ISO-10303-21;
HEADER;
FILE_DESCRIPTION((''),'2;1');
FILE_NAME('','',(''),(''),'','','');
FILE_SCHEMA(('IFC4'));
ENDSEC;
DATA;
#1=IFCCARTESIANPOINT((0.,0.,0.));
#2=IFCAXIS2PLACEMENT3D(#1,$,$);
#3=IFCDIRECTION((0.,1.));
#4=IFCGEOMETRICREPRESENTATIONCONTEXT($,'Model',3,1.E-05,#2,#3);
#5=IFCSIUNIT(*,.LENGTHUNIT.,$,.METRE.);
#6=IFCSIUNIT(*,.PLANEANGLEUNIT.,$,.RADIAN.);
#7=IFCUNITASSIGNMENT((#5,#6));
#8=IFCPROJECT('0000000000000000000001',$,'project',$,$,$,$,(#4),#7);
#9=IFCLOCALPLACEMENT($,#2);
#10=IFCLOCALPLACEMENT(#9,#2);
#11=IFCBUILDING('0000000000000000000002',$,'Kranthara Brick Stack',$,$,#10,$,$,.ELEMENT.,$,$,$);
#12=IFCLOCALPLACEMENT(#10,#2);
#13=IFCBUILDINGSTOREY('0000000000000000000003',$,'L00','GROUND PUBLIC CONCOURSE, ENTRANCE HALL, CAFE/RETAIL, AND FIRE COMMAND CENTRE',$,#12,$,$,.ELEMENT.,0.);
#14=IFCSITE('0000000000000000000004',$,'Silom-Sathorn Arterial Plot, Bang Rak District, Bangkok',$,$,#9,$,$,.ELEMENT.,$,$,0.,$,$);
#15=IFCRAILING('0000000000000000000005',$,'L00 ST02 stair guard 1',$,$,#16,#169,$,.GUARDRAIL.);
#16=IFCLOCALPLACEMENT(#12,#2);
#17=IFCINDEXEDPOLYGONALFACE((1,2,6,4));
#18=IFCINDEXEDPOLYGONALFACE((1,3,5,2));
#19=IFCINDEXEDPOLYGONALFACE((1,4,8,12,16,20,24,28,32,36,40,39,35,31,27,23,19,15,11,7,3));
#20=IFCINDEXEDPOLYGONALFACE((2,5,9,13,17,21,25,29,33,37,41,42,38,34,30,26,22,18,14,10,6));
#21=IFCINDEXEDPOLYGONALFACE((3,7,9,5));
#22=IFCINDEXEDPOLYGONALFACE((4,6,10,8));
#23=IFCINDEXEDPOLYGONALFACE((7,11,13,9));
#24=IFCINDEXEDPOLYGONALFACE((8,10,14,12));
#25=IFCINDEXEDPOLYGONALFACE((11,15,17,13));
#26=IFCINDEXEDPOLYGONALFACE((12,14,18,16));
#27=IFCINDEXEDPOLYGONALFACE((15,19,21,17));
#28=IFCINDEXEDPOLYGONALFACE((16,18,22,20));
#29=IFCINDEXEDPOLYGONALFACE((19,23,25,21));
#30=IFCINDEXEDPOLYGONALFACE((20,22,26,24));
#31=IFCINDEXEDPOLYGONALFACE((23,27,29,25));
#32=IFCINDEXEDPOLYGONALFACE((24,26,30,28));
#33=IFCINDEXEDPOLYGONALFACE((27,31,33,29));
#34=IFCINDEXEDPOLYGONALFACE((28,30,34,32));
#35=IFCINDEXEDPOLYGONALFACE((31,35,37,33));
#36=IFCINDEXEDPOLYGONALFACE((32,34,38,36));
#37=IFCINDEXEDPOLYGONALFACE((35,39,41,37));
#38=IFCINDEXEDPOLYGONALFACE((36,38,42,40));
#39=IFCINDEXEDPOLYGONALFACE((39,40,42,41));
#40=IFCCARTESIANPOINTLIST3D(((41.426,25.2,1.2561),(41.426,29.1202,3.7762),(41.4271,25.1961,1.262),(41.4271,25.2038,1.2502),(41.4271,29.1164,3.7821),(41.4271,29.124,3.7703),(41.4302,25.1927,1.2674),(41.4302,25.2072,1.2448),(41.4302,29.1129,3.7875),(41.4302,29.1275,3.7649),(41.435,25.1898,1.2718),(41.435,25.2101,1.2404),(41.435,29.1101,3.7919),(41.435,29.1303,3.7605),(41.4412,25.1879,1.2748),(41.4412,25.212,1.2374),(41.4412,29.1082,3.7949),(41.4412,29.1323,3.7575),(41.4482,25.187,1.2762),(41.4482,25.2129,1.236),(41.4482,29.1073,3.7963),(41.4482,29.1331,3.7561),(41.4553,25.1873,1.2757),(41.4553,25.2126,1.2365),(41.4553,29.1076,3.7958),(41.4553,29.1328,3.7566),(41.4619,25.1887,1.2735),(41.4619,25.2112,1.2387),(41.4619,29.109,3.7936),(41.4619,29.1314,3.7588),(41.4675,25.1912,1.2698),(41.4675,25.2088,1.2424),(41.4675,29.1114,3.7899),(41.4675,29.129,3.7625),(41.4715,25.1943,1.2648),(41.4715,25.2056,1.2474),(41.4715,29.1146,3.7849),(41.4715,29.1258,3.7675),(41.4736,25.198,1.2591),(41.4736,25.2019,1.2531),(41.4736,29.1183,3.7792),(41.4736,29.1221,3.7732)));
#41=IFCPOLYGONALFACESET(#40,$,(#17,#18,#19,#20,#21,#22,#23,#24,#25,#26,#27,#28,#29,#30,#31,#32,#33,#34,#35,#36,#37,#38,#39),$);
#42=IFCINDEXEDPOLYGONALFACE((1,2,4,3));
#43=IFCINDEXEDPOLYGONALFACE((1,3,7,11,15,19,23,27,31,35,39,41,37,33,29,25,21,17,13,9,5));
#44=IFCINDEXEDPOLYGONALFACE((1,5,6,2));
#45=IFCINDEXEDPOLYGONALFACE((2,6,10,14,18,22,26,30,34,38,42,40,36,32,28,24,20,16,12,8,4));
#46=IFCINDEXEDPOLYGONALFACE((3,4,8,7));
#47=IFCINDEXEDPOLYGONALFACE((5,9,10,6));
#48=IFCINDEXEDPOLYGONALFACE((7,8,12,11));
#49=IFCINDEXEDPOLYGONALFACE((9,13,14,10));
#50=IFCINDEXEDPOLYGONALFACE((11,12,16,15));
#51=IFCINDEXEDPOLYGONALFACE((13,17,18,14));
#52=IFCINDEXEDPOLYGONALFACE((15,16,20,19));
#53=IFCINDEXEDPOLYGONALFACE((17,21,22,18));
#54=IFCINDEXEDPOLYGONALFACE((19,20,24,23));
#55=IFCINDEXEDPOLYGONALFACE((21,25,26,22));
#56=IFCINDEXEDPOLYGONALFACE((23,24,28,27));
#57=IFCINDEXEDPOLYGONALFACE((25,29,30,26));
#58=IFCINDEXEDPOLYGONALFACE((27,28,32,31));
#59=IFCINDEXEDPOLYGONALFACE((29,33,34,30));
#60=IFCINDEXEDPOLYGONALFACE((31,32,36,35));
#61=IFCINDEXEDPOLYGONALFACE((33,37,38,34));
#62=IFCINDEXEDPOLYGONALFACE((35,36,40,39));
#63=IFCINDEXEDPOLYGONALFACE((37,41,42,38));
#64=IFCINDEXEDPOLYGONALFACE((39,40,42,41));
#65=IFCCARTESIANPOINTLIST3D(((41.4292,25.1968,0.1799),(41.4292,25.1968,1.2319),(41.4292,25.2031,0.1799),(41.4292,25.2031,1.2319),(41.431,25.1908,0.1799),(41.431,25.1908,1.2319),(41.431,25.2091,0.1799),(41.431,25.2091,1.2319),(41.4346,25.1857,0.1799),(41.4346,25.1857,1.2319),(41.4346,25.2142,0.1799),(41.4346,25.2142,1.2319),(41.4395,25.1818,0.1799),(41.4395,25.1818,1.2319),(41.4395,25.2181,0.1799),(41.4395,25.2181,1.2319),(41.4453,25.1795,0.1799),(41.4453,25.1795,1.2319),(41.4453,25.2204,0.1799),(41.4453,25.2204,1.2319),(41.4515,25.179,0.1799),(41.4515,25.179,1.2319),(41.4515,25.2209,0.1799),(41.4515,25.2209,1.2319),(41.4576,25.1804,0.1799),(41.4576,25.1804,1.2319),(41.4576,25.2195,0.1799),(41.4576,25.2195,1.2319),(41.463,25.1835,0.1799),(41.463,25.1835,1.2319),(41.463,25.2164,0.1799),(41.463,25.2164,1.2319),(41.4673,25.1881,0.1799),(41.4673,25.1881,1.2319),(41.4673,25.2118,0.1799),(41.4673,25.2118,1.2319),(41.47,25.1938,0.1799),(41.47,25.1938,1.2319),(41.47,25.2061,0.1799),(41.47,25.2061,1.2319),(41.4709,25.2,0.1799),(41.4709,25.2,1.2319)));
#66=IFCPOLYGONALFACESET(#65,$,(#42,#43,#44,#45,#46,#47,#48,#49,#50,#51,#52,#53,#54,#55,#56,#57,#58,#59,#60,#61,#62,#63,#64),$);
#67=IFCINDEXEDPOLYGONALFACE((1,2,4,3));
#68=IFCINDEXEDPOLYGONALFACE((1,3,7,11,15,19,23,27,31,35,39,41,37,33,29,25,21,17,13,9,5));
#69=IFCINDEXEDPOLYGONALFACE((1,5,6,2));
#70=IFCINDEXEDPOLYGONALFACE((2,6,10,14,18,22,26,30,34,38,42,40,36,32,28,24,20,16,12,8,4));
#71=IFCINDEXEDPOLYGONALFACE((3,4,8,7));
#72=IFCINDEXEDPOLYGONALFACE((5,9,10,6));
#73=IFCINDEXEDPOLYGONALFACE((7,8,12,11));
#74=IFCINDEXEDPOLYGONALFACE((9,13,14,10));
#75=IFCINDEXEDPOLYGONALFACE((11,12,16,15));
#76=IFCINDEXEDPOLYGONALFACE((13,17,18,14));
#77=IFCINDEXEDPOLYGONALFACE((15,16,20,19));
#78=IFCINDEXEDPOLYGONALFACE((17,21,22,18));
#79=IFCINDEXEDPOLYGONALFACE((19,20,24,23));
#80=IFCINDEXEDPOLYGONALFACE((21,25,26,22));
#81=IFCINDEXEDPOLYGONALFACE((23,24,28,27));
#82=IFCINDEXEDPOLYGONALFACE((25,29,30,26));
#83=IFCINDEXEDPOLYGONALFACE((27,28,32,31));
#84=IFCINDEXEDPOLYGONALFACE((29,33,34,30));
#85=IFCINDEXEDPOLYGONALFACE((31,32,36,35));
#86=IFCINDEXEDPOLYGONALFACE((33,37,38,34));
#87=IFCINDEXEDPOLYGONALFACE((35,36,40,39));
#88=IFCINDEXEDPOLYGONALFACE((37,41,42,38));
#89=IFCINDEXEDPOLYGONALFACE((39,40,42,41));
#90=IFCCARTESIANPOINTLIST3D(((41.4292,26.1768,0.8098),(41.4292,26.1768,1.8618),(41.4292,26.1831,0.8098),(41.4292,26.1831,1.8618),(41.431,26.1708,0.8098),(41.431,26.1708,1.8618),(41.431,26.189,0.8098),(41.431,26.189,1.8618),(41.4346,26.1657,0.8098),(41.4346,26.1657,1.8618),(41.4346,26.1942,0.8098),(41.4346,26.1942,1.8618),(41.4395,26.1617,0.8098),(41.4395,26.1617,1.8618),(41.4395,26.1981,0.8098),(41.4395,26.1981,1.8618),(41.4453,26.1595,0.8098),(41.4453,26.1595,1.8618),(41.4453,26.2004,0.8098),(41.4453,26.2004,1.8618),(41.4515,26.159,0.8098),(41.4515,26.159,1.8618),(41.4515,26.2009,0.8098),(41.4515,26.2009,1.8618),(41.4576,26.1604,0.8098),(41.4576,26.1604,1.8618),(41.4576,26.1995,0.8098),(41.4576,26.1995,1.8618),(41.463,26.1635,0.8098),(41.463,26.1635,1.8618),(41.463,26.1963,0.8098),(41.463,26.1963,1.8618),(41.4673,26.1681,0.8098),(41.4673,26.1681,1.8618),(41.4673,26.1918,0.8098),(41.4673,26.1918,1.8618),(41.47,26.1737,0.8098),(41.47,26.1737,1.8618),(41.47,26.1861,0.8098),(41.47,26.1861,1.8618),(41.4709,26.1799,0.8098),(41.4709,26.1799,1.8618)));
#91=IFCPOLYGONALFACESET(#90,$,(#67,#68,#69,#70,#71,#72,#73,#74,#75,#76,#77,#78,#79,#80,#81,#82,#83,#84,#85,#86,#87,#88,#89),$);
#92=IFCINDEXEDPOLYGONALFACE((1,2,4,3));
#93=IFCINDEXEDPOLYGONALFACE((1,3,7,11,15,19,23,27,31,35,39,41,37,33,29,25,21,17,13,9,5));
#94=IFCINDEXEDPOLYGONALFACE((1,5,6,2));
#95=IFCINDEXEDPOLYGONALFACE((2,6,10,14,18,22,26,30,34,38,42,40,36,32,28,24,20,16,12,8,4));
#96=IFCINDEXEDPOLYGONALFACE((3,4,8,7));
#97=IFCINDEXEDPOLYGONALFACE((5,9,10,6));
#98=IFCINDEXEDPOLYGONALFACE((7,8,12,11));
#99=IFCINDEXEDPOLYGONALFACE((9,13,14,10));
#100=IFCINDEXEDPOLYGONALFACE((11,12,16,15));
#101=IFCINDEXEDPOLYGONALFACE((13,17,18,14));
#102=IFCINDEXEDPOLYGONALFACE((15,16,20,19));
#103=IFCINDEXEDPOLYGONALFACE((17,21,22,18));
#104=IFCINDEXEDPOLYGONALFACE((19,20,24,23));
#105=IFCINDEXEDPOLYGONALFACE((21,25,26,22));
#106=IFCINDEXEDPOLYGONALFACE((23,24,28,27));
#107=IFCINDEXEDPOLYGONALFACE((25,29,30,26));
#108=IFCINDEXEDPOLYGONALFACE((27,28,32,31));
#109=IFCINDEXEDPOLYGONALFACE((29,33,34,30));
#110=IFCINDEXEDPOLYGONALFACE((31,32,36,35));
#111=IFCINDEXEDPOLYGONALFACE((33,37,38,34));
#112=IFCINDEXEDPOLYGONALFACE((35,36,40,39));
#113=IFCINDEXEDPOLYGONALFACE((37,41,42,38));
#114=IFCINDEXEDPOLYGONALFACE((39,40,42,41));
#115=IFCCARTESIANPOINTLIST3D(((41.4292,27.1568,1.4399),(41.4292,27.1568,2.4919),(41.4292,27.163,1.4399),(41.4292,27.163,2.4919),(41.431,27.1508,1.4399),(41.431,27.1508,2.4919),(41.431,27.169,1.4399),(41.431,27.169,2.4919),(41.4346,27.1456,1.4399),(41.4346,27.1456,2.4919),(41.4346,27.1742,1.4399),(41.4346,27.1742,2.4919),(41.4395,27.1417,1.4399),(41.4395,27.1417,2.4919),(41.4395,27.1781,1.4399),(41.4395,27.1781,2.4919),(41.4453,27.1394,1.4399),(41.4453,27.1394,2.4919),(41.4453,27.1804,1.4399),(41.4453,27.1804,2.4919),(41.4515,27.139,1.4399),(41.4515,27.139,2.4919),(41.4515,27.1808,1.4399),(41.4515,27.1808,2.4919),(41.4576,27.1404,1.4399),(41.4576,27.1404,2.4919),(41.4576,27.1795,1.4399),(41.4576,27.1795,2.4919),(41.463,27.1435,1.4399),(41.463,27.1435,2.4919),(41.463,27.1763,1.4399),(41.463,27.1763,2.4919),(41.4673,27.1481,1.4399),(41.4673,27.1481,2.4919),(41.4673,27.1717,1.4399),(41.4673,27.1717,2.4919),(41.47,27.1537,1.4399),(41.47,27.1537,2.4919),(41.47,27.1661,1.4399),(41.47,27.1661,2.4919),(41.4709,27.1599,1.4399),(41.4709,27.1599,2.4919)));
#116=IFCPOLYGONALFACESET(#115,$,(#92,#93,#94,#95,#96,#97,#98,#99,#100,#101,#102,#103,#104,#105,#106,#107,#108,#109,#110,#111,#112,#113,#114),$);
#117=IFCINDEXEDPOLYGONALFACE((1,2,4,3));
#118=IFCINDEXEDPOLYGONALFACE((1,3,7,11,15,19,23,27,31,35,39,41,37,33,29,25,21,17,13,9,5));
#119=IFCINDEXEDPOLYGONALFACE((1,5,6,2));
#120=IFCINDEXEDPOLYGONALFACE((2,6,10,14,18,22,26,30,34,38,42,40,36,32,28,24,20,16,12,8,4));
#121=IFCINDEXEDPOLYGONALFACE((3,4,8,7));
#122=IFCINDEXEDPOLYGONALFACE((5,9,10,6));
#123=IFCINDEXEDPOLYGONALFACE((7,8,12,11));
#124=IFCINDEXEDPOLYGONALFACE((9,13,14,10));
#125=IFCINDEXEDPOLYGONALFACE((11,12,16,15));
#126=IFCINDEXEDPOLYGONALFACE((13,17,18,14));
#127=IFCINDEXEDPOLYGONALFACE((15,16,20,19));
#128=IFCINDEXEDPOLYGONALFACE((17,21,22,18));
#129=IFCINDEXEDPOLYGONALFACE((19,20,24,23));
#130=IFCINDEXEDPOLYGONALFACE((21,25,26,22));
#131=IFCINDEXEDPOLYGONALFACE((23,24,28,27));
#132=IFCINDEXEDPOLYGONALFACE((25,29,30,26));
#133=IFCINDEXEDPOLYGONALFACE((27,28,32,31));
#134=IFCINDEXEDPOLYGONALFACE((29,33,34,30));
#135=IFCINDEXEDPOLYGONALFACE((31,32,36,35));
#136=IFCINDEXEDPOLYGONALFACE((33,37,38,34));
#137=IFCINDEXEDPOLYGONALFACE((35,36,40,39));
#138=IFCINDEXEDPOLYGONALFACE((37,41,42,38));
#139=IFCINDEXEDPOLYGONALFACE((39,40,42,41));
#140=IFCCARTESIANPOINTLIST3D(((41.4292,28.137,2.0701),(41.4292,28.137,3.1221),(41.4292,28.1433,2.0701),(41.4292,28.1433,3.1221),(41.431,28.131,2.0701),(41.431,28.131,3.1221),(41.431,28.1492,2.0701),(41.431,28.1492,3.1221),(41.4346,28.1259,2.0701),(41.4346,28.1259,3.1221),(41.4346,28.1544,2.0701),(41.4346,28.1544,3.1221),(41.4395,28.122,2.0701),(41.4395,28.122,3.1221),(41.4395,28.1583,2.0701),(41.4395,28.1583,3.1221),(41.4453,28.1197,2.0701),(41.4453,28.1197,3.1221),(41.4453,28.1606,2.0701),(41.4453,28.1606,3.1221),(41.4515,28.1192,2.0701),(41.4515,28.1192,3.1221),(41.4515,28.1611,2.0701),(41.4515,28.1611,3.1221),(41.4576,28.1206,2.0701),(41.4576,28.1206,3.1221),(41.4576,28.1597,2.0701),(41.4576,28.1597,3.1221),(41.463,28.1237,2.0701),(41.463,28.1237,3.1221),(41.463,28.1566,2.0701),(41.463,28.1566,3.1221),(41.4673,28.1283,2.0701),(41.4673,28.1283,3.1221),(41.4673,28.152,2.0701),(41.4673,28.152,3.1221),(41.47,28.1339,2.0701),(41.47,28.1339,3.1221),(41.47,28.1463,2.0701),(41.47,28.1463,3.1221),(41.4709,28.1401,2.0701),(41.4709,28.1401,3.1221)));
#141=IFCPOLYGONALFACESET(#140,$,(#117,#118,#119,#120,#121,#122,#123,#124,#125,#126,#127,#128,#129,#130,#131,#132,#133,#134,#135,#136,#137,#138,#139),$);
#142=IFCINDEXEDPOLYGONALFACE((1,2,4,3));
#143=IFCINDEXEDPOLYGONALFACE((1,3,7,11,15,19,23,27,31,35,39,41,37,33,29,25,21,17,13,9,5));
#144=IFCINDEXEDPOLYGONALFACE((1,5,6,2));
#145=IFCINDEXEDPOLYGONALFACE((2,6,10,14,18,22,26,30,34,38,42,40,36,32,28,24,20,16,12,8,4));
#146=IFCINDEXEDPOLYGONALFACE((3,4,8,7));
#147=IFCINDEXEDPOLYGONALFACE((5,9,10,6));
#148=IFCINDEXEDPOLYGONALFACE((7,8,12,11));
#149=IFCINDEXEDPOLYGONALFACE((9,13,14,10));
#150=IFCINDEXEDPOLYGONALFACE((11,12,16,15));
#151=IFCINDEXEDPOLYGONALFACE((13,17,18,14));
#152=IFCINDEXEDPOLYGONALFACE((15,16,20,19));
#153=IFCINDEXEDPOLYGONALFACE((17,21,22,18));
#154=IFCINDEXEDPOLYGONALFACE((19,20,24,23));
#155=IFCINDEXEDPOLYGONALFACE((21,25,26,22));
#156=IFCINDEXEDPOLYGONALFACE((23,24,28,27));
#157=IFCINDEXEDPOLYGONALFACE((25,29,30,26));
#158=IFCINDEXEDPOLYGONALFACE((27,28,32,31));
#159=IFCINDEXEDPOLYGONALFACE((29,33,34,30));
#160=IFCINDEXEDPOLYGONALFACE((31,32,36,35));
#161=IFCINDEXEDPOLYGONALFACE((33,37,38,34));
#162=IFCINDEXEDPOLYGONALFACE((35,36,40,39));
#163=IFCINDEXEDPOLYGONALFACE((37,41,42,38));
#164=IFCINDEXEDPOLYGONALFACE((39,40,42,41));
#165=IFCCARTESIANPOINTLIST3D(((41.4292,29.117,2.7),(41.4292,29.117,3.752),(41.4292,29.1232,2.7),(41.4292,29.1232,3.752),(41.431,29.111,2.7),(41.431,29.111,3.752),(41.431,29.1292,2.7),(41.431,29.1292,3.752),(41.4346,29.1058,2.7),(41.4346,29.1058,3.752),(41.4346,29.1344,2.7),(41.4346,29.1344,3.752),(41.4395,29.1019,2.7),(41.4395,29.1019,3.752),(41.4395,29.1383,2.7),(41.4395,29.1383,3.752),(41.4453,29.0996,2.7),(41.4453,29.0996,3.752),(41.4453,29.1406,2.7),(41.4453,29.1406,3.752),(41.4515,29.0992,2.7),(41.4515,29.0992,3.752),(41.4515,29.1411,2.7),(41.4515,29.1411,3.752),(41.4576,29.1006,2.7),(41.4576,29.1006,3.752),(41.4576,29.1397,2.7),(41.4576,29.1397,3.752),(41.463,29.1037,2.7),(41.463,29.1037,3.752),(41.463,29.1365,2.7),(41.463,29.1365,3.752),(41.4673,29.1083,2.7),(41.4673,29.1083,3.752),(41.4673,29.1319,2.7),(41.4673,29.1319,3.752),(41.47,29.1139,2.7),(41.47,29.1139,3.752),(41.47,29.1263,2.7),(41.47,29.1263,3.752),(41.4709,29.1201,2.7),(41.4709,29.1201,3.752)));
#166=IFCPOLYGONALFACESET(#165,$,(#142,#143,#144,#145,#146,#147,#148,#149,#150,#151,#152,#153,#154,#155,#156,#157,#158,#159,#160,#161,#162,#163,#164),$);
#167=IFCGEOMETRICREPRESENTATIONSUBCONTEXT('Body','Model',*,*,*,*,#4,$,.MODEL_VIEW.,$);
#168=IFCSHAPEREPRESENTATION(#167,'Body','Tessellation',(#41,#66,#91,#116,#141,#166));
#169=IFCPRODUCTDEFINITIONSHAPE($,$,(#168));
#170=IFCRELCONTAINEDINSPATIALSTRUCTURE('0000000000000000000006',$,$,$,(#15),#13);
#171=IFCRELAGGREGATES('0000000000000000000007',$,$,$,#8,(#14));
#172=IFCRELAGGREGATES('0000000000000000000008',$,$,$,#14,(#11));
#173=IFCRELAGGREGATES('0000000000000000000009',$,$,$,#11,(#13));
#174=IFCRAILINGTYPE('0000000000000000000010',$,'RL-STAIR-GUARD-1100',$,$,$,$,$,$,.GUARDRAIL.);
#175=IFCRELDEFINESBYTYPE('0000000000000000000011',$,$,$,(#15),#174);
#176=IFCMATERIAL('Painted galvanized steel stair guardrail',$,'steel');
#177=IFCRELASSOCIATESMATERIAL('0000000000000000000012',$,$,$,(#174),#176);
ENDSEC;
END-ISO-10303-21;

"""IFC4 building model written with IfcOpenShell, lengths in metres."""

from ifc_helpers import new_model, si_unit, direction, frame, origin, origin_2d, place, context, subcontext, project, spatial, circle, extrude, material, type_object, element, save


model = new_model("IFC4")

# Units and contexts
model_context = context("Model", 3, precision=1e-05, world=origin(), true_north=direction((0.0, 1.0)))
body_context = subcontext(model_context, "Body", "Model", "MODEL_VIEW")
ifc_project = project(units=[si_unit("LENGTHUNIT", "METRE"), si_unit("PLANEANGLEUNIT", "RADIAN")], contexts=[model_context])

# Site, building, storey
site_placement = place(None, origin())
site = spatial("IfcSite", under=ifc_project, at=site_placement, Name="Silom-Sathorn Arterial Plot, Bang Rak District, Bangkok", CompositionType="ELEMENT", RefElevation=0.0)
building_placement = place(site_placement, origin())
building = spatial("IfcBuilding", under=site, at=building_placement, Name="Kranthara Brick Stack", CompositionType="ELEMENT")
storey_placement = place(building_placement, origin())
storey = spatial("IfcBuildingStorey", under=building, at=storey_placement, Name="L00", Description="GROUND PUBLIC CONCOURSE, ENTRANCE HALL, CAFE/RETAIL, AND FIRE COMMAND CENTRE", CompositionType="ELEMENT", Elevation=0.0)

# Railing
ifc_material_1 = material(Name="Painted galvanized steel stair guardrail", Category="steel")
railing_type_1 = type_object("IfcRailingType", Name="RL-STAIR-GUARD-1100", PredefinedType="GUARDRAIL", material=ifc_material_1)
railing_1_placement = place(storey_placement, frame((41.45, 25.2, 0.1799)))
element("IfcRailing", 1, at=railing_1_placement, inside=storey, type_object=railing_type_1, Name="L00 ST02 stair guard 1", PredefinedType="GUARDRAIL", context=body_context, shape_type="SweptSolid", body=[
    extrude(circle(Radius=0.0239, at=origin_2d()), frame((0.0, 0.0, 1.0762), z_axis=(0.0, 0.841187, 0.540744), x_axis=(-1.0, 0.0, 0.0)), (0.0, 0.0, 1.0), 4.6604),
    extrude(circle(Radius=0.021, at=origin_2d()), origin(), (0.0, 0.0, 1.0), 1.052),
    extrude(circle(Radius=0.021, at=origin_2d()), frame((0.0, 0.98, 0.6299)), (0.0, 0.0, 1.0), 1.052),
    extrude(circle(Radius=0.021, at=origin_2d()), frame((0.0, 1.96, 1.26)), (0.0, 0.0, 1.0), 1.052),
    extrude(circle(Radius=0.021, at=origin_2d()), frame((0.0, 2.9402, 1.8901)), (0.0, 0.0, 1.0), 1.052),
    extrude(circle(Radius=0.021, at=origin_2d()), frame((0.0, 3.9202, 2.52)), (0.0, 0.0, 1.0), 1.052),
])

save(model, "model.ifc")
